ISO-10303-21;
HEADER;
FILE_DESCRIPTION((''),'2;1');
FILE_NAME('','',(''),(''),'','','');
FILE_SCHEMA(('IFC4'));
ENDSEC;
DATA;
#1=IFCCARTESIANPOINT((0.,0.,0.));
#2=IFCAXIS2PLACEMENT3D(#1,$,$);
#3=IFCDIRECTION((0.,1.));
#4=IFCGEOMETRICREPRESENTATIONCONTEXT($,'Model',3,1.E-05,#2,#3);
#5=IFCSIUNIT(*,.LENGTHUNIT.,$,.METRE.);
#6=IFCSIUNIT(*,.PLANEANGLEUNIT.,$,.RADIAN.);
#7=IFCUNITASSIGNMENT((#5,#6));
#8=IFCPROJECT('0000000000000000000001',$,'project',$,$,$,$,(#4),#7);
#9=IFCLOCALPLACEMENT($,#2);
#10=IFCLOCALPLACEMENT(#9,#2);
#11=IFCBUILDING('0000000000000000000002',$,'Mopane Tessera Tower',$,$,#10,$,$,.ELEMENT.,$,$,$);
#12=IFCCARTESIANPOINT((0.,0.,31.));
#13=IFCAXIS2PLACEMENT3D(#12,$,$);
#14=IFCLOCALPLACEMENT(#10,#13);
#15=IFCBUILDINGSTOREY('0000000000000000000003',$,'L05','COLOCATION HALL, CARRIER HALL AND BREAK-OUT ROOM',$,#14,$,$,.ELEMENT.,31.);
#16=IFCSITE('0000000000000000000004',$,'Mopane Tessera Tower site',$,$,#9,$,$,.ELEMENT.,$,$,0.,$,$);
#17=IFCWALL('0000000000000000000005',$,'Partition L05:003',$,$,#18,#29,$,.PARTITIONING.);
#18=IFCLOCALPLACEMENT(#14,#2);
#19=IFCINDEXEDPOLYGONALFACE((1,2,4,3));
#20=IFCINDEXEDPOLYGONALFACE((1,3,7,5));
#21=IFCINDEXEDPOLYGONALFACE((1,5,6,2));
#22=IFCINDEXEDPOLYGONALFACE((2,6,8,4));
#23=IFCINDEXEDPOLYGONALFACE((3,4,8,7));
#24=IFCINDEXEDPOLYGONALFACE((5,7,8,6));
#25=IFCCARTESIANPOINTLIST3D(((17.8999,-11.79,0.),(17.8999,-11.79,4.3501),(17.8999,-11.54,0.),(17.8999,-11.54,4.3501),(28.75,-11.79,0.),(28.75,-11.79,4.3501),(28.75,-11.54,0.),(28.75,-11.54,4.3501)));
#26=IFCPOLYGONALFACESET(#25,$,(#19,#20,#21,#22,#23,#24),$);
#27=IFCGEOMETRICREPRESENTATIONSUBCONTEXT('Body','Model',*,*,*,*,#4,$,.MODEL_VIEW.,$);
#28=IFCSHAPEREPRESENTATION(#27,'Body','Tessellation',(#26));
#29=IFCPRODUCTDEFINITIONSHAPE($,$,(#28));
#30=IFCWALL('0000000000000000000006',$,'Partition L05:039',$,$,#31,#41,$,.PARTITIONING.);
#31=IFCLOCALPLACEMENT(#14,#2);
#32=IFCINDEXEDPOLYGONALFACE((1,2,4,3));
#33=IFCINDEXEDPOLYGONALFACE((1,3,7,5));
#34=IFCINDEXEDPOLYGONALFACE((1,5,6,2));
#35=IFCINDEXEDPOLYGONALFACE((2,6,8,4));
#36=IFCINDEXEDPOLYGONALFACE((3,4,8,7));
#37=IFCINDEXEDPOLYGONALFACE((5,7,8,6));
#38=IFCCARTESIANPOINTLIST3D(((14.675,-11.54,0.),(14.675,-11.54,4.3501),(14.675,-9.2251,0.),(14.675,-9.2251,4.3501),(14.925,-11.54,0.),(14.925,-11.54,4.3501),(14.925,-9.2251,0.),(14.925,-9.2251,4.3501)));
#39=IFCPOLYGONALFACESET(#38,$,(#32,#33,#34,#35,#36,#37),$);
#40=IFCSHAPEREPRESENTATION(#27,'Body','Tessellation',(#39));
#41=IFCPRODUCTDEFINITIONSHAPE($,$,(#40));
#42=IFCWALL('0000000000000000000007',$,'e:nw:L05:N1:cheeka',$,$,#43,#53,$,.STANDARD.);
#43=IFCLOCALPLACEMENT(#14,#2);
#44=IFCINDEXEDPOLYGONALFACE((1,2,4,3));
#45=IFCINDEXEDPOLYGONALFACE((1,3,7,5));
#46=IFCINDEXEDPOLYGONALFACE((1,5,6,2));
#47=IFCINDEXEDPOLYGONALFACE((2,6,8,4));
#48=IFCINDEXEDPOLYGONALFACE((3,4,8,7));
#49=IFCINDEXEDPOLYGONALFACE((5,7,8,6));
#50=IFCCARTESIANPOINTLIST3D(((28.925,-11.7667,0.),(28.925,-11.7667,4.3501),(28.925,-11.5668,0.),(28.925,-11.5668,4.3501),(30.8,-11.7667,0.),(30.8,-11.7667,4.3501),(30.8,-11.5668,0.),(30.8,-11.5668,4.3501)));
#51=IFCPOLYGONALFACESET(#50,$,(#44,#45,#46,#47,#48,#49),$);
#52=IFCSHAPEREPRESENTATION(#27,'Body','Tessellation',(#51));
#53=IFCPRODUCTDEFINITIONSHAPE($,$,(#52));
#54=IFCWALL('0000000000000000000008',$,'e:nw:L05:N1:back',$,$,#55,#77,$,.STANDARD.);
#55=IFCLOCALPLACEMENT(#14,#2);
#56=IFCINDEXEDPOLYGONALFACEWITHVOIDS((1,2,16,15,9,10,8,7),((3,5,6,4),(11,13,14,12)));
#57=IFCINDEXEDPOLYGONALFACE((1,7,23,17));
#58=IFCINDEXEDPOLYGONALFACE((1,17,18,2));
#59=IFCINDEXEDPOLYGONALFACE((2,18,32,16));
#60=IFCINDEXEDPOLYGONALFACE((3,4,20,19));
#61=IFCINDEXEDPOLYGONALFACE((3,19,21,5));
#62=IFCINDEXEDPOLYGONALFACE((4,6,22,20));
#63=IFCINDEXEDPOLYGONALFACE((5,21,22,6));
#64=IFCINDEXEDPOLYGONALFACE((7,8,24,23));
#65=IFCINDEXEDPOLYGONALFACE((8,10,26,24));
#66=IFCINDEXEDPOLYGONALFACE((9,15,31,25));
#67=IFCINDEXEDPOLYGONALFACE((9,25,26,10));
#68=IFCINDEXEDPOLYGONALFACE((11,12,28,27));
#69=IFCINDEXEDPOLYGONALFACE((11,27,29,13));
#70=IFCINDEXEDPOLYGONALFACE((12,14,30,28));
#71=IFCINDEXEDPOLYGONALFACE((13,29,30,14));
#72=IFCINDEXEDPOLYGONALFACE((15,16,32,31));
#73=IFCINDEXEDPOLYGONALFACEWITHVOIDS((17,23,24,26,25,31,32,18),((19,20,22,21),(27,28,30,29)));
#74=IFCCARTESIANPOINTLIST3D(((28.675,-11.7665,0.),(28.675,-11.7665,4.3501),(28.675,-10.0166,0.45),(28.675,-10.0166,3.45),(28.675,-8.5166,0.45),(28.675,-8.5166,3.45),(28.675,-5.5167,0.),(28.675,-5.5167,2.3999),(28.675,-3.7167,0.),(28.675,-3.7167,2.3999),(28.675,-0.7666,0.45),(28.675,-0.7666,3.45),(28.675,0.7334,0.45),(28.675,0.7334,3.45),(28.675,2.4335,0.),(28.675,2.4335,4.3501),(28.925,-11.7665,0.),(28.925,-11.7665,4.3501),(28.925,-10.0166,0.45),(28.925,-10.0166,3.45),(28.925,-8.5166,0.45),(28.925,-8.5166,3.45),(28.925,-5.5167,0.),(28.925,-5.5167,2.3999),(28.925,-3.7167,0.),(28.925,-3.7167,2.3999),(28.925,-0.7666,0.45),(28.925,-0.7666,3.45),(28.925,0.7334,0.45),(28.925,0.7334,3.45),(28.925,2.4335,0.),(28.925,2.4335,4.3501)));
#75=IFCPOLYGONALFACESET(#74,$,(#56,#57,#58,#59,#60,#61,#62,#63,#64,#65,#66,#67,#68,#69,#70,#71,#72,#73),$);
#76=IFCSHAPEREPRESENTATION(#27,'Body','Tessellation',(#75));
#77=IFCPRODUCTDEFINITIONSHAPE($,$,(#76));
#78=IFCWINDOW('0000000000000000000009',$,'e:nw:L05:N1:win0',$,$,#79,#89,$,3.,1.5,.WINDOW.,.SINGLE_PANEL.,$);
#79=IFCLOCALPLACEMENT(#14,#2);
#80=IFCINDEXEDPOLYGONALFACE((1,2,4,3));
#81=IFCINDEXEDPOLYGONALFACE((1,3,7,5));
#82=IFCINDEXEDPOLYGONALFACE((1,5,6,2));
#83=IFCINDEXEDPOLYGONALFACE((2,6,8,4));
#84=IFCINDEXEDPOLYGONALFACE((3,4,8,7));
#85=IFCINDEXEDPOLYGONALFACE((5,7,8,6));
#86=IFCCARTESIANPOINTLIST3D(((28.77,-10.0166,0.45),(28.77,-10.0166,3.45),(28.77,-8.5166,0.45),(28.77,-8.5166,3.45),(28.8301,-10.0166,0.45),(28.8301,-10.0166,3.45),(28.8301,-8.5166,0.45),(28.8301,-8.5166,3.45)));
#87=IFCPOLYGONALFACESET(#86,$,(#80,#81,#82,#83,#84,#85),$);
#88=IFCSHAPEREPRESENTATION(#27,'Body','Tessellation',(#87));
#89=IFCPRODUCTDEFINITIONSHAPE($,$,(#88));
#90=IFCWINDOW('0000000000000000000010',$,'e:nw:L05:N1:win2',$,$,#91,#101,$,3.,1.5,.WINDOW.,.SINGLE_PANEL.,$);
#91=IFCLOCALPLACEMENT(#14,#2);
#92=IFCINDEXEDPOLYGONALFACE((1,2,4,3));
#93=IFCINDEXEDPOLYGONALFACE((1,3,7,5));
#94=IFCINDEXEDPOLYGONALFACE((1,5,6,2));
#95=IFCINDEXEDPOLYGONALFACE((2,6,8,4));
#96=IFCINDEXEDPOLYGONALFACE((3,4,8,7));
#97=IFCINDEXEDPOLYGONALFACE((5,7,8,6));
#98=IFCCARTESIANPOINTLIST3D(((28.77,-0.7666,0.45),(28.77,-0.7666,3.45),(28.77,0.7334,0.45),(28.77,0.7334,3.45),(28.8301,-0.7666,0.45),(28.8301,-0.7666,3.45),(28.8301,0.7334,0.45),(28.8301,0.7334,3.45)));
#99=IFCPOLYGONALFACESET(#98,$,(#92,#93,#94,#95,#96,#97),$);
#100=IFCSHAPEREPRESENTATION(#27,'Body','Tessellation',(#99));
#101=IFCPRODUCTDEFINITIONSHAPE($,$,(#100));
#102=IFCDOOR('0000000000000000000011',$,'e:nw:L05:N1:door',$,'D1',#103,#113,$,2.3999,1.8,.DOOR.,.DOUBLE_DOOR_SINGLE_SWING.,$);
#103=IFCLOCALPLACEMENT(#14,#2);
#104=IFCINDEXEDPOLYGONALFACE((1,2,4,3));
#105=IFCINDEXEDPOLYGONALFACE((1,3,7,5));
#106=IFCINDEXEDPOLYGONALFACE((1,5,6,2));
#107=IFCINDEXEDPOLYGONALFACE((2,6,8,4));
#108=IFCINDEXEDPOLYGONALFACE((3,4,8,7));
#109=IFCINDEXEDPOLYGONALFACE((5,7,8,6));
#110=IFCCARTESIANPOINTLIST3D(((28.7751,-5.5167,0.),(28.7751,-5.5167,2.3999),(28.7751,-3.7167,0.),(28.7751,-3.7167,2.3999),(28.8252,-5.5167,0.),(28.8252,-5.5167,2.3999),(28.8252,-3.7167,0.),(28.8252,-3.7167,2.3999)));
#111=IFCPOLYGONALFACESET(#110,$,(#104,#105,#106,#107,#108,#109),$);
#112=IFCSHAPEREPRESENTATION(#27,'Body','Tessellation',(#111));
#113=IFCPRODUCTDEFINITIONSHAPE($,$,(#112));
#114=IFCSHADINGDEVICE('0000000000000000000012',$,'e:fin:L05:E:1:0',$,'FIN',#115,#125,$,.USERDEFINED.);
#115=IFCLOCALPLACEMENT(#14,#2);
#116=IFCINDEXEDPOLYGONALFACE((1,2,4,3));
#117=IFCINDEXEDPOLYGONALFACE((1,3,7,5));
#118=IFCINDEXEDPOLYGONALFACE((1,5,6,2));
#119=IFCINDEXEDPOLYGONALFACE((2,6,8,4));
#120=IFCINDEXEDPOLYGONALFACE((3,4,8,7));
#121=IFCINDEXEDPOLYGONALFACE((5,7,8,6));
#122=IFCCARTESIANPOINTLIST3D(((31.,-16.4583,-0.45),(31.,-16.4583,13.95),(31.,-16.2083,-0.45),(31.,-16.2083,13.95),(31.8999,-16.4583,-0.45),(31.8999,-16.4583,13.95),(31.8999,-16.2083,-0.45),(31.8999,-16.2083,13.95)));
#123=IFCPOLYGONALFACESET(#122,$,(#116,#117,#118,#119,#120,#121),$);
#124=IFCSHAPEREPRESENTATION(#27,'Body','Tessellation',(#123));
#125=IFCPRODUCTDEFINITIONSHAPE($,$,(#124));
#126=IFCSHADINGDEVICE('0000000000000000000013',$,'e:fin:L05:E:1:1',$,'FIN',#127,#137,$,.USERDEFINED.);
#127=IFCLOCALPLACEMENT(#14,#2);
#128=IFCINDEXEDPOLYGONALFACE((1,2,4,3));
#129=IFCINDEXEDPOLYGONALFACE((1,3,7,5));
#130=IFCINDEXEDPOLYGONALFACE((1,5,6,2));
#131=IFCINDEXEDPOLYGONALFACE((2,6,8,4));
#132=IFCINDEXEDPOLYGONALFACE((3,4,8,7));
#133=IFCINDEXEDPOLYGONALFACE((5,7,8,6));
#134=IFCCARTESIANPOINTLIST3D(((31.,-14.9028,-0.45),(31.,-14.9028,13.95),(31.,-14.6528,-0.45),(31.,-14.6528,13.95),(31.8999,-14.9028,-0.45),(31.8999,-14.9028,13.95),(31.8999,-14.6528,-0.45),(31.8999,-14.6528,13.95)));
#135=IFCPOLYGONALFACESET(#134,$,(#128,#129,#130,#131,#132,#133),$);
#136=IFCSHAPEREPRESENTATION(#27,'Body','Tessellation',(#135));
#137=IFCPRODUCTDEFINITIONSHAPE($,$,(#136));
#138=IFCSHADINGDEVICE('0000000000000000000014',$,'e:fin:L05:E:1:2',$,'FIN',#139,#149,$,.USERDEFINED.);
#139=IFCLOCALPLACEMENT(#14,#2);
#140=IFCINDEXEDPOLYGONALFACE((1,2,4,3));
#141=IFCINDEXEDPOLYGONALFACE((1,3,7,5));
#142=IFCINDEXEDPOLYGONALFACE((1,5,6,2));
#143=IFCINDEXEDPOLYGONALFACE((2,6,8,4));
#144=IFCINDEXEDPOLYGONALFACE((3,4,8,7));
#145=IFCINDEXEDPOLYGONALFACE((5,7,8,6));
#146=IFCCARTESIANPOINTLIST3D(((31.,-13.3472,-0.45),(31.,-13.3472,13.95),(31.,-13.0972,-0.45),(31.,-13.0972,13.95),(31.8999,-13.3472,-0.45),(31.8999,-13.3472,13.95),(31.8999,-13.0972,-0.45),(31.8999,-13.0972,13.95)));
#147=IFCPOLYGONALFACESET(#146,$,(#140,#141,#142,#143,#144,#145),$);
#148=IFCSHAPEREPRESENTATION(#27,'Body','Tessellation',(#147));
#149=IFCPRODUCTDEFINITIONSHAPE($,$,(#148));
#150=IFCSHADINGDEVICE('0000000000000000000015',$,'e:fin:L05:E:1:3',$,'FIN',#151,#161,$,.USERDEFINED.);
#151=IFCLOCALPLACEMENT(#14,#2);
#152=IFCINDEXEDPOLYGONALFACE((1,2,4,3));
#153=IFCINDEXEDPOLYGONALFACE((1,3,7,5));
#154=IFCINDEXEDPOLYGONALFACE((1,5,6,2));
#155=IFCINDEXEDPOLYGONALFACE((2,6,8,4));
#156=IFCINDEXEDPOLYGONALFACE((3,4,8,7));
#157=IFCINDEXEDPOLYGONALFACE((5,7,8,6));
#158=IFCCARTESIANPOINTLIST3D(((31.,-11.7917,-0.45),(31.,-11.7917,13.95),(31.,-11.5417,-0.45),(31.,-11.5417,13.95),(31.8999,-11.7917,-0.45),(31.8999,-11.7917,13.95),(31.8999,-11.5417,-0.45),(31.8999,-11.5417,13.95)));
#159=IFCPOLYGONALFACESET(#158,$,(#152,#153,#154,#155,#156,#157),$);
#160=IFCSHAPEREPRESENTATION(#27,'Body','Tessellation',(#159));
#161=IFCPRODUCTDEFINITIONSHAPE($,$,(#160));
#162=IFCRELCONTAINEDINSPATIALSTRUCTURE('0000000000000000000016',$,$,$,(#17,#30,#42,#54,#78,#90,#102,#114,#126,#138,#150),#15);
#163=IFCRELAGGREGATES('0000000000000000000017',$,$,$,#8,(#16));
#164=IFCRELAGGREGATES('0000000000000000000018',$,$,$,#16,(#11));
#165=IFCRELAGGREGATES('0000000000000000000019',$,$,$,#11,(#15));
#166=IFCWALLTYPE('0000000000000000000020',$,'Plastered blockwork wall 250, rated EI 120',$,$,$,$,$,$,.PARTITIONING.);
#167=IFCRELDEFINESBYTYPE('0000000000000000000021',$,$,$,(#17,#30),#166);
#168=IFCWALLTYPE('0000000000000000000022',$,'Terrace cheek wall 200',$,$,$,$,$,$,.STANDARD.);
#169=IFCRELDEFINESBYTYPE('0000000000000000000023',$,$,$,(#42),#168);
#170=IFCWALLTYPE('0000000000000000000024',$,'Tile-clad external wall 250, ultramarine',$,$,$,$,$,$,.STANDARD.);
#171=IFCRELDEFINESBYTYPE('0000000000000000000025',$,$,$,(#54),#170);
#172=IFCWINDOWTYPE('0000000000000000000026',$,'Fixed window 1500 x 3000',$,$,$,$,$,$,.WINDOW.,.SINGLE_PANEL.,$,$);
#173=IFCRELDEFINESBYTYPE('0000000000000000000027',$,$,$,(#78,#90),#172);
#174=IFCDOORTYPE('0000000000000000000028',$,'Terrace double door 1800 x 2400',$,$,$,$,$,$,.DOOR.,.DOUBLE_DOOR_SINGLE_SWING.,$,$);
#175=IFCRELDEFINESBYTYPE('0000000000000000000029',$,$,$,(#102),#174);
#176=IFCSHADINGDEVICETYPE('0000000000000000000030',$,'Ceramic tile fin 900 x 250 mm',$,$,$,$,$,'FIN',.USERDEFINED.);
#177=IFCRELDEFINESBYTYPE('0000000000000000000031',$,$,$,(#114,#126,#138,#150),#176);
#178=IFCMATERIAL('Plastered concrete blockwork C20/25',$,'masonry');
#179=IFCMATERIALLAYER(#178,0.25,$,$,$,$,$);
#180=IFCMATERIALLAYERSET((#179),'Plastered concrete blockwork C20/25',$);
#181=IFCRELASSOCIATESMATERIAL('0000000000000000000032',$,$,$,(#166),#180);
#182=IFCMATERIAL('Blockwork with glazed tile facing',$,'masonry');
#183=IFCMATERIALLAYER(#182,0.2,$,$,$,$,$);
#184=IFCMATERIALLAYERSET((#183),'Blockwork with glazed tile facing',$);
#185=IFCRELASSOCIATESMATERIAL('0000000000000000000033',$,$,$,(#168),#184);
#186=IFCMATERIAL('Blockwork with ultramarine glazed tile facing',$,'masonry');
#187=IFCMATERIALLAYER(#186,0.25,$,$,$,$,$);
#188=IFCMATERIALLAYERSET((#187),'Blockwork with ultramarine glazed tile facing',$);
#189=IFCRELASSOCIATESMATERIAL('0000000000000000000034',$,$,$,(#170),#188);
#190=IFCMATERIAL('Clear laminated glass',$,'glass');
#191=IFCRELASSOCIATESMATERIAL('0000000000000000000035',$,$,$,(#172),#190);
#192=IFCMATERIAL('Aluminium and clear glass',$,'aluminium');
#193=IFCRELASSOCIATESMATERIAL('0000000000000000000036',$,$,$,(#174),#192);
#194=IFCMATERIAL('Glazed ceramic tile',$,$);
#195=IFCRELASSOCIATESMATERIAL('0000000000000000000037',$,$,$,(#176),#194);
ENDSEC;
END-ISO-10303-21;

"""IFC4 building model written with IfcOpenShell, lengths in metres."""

from ifc_helpers import new_model, si_unit, direction, frame, frame_2d, origin, origin_2d, place, context, subcontext, project, spatial, rectangle, extrude, material, layer, layer_set, type_object, element, fill, save


model = new_model("IFC4")

# Units and contexts
model_context = context("Model", 3, precision=1e-05, world=origin(), true_north=direction((0.0, 1.0)))
body_context = subcontext(model_context, "Body", "Model", "MODEL_VIEW")
ifc_project = project(units=[si_unit("LENGTHUNIT", "METRE"), si_unit("PLANEANGLEUNIT", "RADIAN")], contexts=[model_context])

# Site, building, storey
site_placement = place(None, origin())
site = spatial("IfcSite", under=ifc_project, at=site_placement, Name="Mopane Tessera Tower site", CompositionType="ELEMENT", RefElevation=0.0)
building_placement = place(site_placement, origin())
building = spatial("IfcBuilding", under=site, at=building_placement, Name="Mopane Tessera Tower", CompositionType="ELEMENT")
storey_placement = place(building_placement, frame((0.0, 0.0, 31.0)))
storey = spatial("IfcBuildingStorey", under=building, at=storey_placement, Name="L05", Description="COLOCATION HALL, CARRIER HALL AND BREAK-OUT ROOM", CompositionType="ELEMENT", Elevation=31.0)

# Walls
ifc_material_1 = material(Name="Plastered concrete blockwork C20/25", Category="masonry")
ifc_layer_1 = layer(ifc_material_1, 0.25)
ifc_layer_set_1 = layer_set([ifc_layer_1], Name="Plastered concrete blockwork C20/25")
wall_type_1 = type_object("IfcWallType", Name="Plastered blockwork wall 250, rated EI 120", PredefinedType="PARTITIONING", material=ifc_layer_set_1)
wall_1_placement = place(storey_placement, frame((17.8999, -11.665, 0.0), z_axis=(0.0, 0.0, 1.0), x_axis=(1.0, 0.0, 0.0)))
element("IfcWall", 1, at=wall_1_placement, inside=storey, type_object=wall_type_1, Name="Partition L05:003", PredefinedType="PARTITIONING", context=body_context, shape_type="SweptSolid", body=[
    extrude(rectangle(XDim=10.8501, YDim=0.25, at=frame_2d((5.425, 0.0))), origin(), (0.0, 0.0, 1.0), 4.3501),
])
wall_2_placement = place(storey_placement, frame((14.8, -11.54, 0.0), z_axis=(0.0, 0.0, 1.0), x_axis=(0.0, 1.0, 0.0)))
element("IfcWall", 2, at=wall_2_placement, inside=storey, type_object=wall_type_1, Name="Partition L05:039", PredefinedType="PARTITIONING", context=body_context, shape_type="SweptSolid", body=[
    extrude(rectangle(XDim=2.3149, YDim=0.25, at=frame_2d((1.1575, 0.0))), origin(), (0.0, 0.0, 1.0), 4.3501),
])
ifc_material_2 = material(Name="Blockwork with glazed tile facing", Category="masonry")
ifc_layer_2 = layer(ifc_material_2, 0.2)
ifc_layer_set_2 = layer_set([ifc_layer_2], Name="Blockwork with glazed tile facing")
wall_type_2 = type_object("IfcWallType", Name="Terrace cheek wall 200", PredefinedType="STANDARD", material=ifc_layer_set_2)
wall_3_placement = place(storey_placement, frame((30.8, -11.6667, 0.0), z_axis=(0.0, 0.0, 1.0), x_axis=(-1.0, 0.0, 0.0)))
element("IfcWall", 3, at=wall_3_placement, inside=storey, type_object=wall_type_2, Name="e:nw:L05:N1:cheeka", PredefinedType="STANDARD", context=body_context, shape_type="SweptSolid", body=[
    extrude(rectangle(XDim=1.875, YDim=0.2, at=frame_2d((0.9375, 0.0))), origin(), (0.0, 0.0, 1.0), 4.3501),
])

# Wall, openings, windows, door
ifc_material_3 = material(Name="Blockwork with ultramarine glazed tile facing", Category="masonry")
ifc_layer_3 = layer(ifc_material_3, 0.25)
ifc_layer_set_3 = layer_set([ifc_layer_3], Name="Blockwork with ultramarine glazed tile facing")
wall_type_3 = type_object("IfcWallType", Name="Tile-clad external wall 250, ultramarine", PredefinedType="STANDARD", material=ifc_layer_set_3)
wall_4_placement = place(storey_placement, frame((28.8, -11.7666, 0.0), z_axis=(0.0, 0.0, 1.0), x_axis=(0.0, 1.0, 0.0)))
wall_4 = element("IfcWall", 4, at=wall_4_placement, inside=storey, type_object=wall_type_3, Name="e:nw:L05:N1:back", PredefinedType="STANDARD", context=body_context, shape_type="SweptSolid", body=[
    extrude(rectangle(XDim=14.2, YDim=0.25, at=frame_2d((7.1001, 0.0))), origin(), (0.0, 0.0, 1.0), 4.3501),
])
opening_1_placement = place(wall_4_placement, frame((1.75, 0.0, 0.45)))
opening_1 = element("IfcOpeningElement", 5, at=opening_1_placement, cuts=wall_4, PredefinedType="OPENING", context=body_context, shape_type="SweptSolid", body=[
    extrude(rectangle(XDim=1.5, YDim=3.0, at=frame_2d((0.75, 1.5))), frame((0.0, 0.137, 0.0), z_axis=(0.0, -1.0, 0.0), x_axis=(1.0, 0.0, 0.0)), (0.0, 0.0, 1.0), 0.2739),
])
opening_2_placement = place(wall_4_placement, frame((6.25, 0.0, 0.0)))
opening_2 = element("IfcOpeningElement", 6, at=opening_2_placement, cuts=wall_4, PredefinedType="OPENING", context=body_context, shape_type="SweptSolid", body=[
    extrude(rectangle(XDim=1.8, YDim=2.3999, at=frame_2d((0.8999, 1.2))), frame((0.0, 0.137, 0.0), z_axis=(0.0, -1.0, 0.0), x_axis=(1.0, 0.0, 0.0)), (0.0, 0.0, 1.0), 0.2739),
])
opening_3_placement = place(wall_4_placement, frame((11.0, 0.0, 0.45)))
opening_3 = element("IfcOpeningElement", 7, at=opening_3_placement, cuts=wall_4, PredefinedType="OPENING", context=body_context, shape_type="SweptSolid", body=[
    extrude(rectangle(XDim=1.5, YDim=3.0, at=frame_2d((0.75, 1.5))), frame((0.0, 0.137, 0.0), z_axis=(0.0, -1.0, 0.0), x_axis=(1.0, 0.0, 0.0)), (0.0, 0.0, 1.0), 0.2739),
])
ifc_material_4 = material(Name="Clear laminated glass", Category="glass")
window_type = type_object("IfcWindowType", Name="Fixed window 1500 x 3000", PartitioningType="SINGLE_PANEL", PredefinedType="WINDOW", material=ifc_material_4)
window_1_placement = place(opening_1_placement, origin())
window_1 = element("IfcWindow", 8, at=window_1_placement, inside=storey, type_object=window_type, Name="e:nw:L05:N1:win0", OverallHeight=3.0, OverallWidth=1.5, PartitioningType="SINGLE_PANEL", PredefinedType="WINDOW", context=body_context, shape_type="SweptSolid", body=[
    extrude(rectangle(XDim=1.5, YDim=3.0, at=frame_2d((0.75, 1.5))), frame((0.0, 0.03, 0.0), z_axis=(0.0, -1.0, 0.0), x_axis=(1.0, 0.0, 0.0)), (0.0, 0.0, 1.0), 0.0601),
])
fill(opening_1, window_1)
window_2_placement = place(opening_3_placement, origin())
window_2 = element("IfcWindow", 9, at=window_2_placement, inside=storey, type_object=window_type, Name="e:nw:L05:N1:win2", OverallHeight=3.0, OverallWidth=1.5, PartitioningType="SINGLE_PANEL", PredefinedType="WINDOW", context=body_context, shape_type="SweptSolid", body=[
    extrude(rectangle(XDim=1.5, YDim=3.0, at=frame_2d((0.75, 1.5))), frame((0.0, 0.03, 0.0), z_axis=(0.0, -1.0, 0.0), x_axis=(1.0, 0.0, 0.0)), (0.0, 0.0, 1.0), 0.0601),
])
fill(opening_3, window_2)
ifc_material_5 = material(Name="Aluminium and clear glass", Category="aluminium")
door_type_1 = type_object("IfcDoorType", Name="Terrace double door 1800 x 2400", OperationType="DOUBLE_DOOR_SINGLE_SWING", PredefinedType="DOOR", material=ifc_material_5)
door_1_placement = place(opening_2_placement, origin())
door_1 = element("IfcDoor", 10, at=door_1_placement, inside=storey, type_object=door_type_1, Name="e:nw:L05:N1:door", ObjectType="D1", OperationType="DOUBLE_DOOR_SINGLE_SWING", OverallHeight=2.3999, OverallWidth=1.8, PredefinedType="DOOR", context=body_context, shape_type="SweptSolid", body=[
    extrude(rectangle(XDim=1.8, YDim=2.3999, at=frame_2d((0.8999, 1.2))), frame((0.0, 0.0249, 0.0), z_axis=(0.0, -1.0, 0.0), x_axis=(1.0, 0.0, 0.0)), (0.0, 0.0, 1.0), 0.05),
])
fill(opening_2, door_1)

# Shading devices
ifc_material_6 = material(Name="Glazed ceramic tile")
shading_device_type = type_object("IfcShadingDeviceType", Name="Ceramic tile fin 900 x 250 mm", ElementType="FIN", PredefinedType="USERDEFINED", material=ifc_material_6)
for number, where, z_axis, x_axis, name in (
    (11, (31.45, -16.3333, -0.45), (0.0, 0.0, 1.0), (0.0, 1.0, 0.0), "e:fin:L05:E:1:0"),
    (12, (31.45, -14.7778, -0.45), (0.0, 0.0, 1.0), (0.0, 1.0, 0.0), "e:fin:L05:E:1:1"),
    (13, (31.45, -13.2222, -0.45), (0.0, 0.0, 1.0), (0.0, 1.0, 0.0), "e:fin:L05:E:1:2"),
    (14, (31.45, -11.6667, -0.45), (0.0, 0.0, 1.0), (0.0, 1.0, 0.0), "e:fin:L05:E:1:3"),
):
    element("IfcShadingDevice", number, at=place(storey_placement, frame(where, z_axis=z_axis, x_axis=x_axis)), inside=storey, type_object=shading_device_type, Name=name, ObjectType="FIN", PredefinedType="USERDEFINED", context=body_context, shape_type="SweptSolid", body=[
        extrude(rectangle(XDim=0.25, YDim=0.8999, at=origin_2d()), origin(), (0.0, 0.0, 1.0), 14.3999),
    ])

save(model, "model.ifc")
